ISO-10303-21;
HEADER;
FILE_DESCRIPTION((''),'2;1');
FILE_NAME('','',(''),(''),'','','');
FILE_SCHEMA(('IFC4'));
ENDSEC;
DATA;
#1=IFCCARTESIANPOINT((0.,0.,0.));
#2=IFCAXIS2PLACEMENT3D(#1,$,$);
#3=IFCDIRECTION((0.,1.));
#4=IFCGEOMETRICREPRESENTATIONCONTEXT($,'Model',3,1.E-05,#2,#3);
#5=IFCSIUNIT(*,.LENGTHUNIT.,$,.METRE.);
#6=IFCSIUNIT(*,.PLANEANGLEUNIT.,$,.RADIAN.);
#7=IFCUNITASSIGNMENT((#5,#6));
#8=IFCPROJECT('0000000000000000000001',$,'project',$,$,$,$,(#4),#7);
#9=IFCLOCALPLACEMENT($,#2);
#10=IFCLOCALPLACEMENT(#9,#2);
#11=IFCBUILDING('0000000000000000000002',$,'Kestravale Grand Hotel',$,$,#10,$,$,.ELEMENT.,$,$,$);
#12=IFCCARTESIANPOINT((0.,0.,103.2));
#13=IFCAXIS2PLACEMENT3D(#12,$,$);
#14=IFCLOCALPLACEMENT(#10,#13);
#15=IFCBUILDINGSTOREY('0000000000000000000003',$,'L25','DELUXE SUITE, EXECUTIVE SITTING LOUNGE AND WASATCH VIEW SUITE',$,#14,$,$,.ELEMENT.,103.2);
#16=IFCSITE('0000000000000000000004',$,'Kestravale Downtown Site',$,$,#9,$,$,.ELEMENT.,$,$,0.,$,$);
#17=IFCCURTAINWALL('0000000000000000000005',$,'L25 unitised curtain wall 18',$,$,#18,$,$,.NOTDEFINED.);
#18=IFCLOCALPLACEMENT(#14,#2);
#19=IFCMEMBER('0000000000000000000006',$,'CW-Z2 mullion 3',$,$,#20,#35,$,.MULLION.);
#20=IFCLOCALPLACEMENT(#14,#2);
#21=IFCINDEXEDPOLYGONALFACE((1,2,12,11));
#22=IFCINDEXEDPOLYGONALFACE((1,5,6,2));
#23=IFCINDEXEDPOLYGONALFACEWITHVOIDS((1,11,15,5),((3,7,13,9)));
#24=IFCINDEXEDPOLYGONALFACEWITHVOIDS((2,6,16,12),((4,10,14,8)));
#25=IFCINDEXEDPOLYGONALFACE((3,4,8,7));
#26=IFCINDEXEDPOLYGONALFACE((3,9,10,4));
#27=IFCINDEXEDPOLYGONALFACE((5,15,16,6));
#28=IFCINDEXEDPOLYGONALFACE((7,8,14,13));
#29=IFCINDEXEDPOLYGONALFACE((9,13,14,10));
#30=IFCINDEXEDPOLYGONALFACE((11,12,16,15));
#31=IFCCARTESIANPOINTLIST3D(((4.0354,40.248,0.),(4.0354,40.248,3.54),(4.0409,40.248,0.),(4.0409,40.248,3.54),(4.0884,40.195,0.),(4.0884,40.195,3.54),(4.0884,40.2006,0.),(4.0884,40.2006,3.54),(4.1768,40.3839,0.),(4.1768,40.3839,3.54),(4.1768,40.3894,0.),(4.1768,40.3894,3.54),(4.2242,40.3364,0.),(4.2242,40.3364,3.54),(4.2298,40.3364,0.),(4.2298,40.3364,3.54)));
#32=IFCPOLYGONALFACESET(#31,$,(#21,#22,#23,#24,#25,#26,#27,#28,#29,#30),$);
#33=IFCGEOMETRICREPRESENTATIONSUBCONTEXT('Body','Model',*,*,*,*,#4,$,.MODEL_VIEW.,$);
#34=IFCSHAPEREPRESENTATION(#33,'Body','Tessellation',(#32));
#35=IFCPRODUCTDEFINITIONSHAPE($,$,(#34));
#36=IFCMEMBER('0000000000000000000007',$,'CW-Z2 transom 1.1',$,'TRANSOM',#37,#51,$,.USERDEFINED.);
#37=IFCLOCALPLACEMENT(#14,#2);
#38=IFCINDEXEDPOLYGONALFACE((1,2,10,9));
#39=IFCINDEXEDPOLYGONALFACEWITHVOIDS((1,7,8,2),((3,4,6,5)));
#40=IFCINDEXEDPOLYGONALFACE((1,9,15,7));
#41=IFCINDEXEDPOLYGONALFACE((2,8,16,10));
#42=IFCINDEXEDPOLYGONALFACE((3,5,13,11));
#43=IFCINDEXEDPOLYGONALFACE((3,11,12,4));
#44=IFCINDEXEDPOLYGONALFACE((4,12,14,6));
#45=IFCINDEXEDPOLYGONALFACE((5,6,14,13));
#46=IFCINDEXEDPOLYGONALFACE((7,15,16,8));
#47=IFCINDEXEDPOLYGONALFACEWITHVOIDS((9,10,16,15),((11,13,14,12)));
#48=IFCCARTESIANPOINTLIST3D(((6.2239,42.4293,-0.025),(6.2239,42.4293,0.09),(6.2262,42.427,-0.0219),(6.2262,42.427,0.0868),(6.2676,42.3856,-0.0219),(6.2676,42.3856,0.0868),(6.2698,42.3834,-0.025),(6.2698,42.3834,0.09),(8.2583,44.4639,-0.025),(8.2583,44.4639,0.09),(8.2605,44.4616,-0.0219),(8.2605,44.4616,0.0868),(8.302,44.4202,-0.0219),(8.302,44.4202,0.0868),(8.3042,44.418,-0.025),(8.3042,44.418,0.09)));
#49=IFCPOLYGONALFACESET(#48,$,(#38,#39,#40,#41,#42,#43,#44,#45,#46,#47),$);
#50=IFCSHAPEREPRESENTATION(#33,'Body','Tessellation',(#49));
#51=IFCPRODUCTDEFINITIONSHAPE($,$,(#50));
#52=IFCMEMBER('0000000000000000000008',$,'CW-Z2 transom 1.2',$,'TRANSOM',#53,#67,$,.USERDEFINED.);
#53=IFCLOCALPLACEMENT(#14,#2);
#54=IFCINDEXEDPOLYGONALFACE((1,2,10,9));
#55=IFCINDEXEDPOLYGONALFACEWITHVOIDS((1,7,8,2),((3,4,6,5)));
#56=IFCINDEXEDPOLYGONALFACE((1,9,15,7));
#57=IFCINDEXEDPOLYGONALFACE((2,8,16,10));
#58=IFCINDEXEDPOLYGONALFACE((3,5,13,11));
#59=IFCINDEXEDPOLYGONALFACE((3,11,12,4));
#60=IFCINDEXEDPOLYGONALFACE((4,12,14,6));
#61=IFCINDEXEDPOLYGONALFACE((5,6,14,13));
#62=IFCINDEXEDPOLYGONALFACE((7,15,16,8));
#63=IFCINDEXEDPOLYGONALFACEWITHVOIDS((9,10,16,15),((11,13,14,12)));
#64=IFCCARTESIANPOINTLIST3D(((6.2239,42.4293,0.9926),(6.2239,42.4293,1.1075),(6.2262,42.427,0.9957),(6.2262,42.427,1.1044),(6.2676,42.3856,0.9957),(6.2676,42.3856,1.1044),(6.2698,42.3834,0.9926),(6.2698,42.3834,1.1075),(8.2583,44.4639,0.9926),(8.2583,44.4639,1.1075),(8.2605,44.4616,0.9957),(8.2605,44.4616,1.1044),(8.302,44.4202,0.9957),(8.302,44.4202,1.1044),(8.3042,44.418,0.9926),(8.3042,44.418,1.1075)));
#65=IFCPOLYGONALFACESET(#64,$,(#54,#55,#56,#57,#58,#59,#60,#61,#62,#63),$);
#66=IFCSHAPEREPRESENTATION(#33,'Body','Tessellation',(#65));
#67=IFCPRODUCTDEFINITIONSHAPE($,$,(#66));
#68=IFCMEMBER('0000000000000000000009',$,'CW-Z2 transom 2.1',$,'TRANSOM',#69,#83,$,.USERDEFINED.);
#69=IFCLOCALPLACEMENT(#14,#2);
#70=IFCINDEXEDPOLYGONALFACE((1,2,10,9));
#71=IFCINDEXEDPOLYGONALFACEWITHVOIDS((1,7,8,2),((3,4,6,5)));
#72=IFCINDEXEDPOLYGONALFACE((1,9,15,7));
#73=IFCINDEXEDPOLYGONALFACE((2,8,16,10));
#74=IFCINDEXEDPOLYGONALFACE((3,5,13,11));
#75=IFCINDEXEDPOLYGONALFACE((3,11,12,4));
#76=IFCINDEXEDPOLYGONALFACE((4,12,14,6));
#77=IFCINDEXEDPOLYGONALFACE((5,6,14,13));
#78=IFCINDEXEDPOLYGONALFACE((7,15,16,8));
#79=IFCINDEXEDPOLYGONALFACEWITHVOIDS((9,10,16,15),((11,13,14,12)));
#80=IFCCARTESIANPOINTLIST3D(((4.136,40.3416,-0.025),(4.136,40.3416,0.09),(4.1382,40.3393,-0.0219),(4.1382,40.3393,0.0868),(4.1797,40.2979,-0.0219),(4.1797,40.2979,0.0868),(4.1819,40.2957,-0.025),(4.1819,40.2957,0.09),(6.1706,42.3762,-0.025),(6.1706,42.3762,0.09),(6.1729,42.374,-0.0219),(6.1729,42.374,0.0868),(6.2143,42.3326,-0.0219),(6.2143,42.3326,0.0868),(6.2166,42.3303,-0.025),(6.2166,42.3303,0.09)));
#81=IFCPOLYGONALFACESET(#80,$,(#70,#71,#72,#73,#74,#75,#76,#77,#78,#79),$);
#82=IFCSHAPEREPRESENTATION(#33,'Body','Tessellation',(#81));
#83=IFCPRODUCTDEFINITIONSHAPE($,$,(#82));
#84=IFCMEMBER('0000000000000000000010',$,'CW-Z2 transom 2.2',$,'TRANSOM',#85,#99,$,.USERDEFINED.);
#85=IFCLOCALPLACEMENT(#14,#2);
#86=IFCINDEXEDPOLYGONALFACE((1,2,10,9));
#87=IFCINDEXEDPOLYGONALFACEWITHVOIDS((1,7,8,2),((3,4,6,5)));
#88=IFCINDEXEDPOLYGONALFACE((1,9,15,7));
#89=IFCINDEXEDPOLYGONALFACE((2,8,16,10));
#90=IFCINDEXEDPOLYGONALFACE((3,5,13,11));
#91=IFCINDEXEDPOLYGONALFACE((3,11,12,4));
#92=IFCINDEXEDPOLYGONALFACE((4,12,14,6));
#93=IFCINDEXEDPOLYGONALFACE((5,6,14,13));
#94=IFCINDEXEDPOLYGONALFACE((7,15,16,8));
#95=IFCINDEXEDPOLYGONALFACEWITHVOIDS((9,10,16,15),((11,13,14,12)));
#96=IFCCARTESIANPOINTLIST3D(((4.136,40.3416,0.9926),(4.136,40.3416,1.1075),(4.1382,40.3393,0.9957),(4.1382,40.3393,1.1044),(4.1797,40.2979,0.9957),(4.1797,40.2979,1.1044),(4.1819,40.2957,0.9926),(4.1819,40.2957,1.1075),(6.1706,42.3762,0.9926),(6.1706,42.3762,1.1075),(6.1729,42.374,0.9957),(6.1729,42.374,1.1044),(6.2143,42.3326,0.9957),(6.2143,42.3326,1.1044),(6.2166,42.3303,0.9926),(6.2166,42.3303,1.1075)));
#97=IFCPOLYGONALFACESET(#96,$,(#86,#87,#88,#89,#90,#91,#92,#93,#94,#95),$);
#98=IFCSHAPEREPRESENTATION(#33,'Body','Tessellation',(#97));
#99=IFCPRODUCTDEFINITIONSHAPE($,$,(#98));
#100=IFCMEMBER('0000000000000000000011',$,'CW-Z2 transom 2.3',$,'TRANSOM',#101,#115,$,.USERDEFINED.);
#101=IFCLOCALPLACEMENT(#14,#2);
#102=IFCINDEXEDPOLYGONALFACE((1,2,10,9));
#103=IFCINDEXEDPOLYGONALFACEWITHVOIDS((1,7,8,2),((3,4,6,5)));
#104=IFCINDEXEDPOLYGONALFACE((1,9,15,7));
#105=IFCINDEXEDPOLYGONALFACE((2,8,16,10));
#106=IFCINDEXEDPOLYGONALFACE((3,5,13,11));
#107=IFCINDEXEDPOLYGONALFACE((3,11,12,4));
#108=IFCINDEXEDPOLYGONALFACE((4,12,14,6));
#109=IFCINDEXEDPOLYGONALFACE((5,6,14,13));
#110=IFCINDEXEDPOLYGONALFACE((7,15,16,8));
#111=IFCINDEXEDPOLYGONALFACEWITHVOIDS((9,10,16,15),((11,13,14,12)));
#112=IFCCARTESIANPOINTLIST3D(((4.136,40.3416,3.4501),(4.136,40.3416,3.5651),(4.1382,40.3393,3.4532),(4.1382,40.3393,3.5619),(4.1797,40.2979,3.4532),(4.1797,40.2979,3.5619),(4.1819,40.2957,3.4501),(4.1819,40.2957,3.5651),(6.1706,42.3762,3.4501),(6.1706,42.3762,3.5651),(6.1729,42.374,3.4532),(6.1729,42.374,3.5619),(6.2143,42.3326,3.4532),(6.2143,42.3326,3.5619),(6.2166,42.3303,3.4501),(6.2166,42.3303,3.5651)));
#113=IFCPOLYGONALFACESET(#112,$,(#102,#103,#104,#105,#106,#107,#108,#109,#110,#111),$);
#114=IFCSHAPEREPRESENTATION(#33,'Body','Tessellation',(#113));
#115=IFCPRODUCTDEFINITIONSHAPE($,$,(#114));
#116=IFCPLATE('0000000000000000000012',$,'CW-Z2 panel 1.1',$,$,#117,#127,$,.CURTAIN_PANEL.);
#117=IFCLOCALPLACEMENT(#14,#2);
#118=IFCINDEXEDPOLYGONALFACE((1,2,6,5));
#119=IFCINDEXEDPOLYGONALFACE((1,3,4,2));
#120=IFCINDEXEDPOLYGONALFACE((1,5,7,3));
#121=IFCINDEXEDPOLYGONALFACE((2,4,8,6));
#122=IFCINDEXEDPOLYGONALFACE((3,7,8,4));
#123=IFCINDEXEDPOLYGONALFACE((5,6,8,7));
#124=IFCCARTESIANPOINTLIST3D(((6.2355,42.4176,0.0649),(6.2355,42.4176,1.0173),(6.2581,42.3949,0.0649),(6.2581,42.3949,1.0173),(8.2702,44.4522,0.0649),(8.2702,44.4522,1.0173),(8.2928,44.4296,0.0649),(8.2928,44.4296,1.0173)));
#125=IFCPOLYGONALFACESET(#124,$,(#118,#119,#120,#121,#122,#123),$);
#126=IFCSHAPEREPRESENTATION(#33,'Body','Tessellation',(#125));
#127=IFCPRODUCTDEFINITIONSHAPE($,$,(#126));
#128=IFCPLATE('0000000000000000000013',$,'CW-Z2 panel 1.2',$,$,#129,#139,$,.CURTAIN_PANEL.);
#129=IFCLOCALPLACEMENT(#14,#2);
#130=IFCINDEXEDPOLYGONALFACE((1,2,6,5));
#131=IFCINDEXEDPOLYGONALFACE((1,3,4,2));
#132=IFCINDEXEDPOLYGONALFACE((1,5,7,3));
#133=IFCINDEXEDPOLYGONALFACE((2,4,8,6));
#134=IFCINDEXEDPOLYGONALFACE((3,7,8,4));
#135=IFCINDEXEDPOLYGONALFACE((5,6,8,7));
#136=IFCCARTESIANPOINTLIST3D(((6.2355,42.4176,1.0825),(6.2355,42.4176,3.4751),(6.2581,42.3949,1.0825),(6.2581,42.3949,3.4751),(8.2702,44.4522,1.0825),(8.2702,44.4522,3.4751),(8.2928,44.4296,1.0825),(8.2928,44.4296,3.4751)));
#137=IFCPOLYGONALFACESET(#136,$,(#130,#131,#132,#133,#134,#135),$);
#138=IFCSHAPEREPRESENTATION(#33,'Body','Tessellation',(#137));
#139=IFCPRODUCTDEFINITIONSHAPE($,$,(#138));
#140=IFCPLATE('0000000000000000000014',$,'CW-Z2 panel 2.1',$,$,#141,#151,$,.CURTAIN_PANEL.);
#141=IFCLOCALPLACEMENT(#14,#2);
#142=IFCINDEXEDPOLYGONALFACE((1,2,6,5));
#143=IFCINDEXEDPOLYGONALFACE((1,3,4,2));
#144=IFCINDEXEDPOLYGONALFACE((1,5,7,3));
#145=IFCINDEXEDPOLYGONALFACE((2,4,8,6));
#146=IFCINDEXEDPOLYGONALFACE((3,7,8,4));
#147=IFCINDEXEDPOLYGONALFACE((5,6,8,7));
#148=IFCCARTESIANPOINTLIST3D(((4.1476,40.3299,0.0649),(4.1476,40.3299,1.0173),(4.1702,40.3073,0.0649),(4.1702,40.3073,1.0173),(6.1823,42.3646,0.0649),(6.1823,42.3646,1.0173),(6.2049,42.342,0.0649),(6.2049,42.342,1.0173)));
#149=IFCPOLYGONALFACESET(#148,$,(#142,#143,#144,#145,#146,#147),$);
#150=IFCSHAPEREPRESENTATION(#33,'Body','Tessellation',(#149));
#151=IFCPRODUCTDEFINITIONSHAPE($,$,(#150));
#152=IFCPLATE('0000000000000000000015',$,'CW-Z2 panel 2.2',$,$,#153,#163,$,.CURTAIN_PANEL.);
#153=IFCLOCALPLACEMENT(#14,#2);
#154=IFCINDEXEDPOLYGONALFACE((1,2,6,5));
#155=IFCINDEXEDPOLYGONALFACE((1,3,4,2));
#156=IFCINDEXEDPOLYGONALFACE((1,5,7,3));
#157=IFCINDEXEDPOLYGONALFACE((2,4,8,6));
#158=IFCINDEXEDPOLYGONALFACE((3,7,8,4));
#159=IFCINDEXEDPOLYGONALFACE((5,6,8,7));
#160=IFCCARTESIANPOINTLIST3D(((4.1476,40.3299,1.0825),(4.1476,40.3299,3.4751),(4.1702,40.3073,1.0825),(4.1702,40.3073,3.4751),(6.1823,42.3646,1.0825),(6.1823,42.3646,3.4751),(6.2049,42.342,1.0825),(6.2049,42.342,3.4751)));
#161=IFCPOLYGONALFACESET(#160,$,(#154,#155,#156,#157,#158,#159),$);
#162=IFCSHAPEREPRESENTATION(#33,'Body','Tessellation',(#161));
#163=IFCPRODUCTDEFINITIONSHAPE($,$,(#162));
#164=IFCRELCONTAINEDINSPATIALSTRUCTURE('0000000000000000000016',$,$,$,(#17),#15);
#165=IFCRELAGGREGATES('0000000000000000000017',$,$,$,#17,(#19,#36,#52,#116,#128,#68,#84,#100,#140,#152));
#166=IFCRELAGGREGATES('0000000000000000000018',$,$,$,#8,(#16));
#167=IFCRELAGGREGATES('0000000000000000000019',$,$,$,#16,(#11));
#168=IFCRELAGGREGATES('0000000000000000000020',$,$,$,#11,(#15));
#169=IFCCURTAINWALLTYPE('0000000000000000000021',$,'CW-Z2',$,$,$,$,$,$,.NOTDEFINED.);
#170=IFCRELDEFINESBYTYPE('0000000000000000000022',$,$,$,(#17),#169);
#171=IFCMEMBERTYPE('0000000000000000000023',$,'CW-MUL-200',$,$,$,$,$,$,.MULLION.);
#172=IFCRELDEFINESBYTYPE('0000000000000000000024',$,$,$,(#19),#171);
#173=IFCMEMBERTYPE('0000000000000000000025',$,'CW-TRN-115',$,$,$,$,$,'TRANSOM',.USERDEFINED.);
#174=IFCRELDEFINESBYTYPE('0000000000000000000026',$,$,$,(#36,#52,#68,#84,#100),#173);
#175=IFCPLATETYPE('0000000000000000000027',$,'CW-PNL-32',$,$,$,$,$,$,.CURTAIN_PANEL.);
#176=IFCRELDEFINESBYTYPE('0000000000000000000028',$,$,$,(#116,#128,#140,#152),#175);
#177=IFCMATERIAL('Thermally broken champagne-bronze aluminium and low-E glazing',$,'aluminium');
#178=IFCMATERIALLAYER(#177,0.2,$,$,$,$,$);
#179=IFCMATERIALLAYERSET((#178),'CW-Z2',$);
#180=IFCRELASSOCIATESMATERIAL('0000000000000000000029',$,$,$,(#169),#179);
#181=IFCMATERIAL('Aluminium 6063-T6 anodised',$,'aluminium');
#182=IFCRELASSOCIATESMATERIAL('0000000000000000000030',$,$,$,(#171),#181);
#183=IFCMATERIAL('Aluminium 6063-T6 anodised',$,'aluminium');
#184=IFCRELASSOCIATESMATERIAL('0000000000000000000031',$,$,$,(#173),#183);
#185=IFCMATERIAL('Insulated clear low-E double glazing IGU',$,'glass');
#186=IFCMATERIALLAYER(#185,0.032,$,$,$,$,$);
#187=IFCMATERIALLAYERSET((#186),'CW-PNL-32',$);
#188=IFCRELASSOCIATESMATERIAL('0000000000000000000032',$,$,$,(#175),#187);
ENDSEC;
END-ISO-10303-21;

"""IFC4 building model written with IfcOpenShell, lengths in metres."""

from ifc_helpers import new_model, si_unit, direction, frame, origin, origin_2d, place, context, subcontext, project, spatial, rectangle, hollow_rectangle, extrude, material, layer, layer_set, material_profile, profile_set, type_object, element, aggregate, save


model = new_model("IFC4")

# Units and contexts
model_context = context("Model", 3, precision=1e-05, world=origin(), true_north=direction((0.0, 1.0)))
body_context = subcontext(model_context, "Body", "Model", "MODEL_VIEW")
ifc_project = project(units=[si_unit("LENGTHUNIT", "METRE"), si_unit("PLANEANGLEUNIT", "RADIAN")], contexts=[model_context])

# Site, building, storey
site_placement = place(None, origin())
site = spatial("IfcSite", under=ifc_project, at=site_placement, Name="Kestravale Downtown Site", CompositionType="ELEMENT", RefElevation=0.0)
building_placement = place(site_placement, origin())
building = spatial("IfcBuilding", under=site, at=building_placement, Name="Kestravale Grand Hotel", CompositionType="ELEMENT")
storey_placement = place(building_placement, frame((0.0, 0.0, 103.2)))
storey = spatial("IfcBuildingStorey", under=building, at=storey_placement, Name="L25", Description="DELUXE SUITE, EXECUTIVE SITTING LOUNGE AND WASATCH VIEW SUITE", CompositionType="ELEMENT", Elevation=103.2)

# Curtain wall, members, plates
ifc_material_1 = material(Name="Thermally broken champagne-bronze aluminium and low-E glazing", Category="aluminium")
ifc_layer_1 = layer(ifc_material_1, 0.2)
ifc_layer_set_1 = layer_set([ifc_layer_1], Name="CW-Z2")
curtain_wall_type = type_object("IfcCurtainWallType", Name="CW-Z2", PredefinedType="NOTDEFINED", material=ifc_layer_set_1)
curtain_wall_placement = place(storey_placement, origin())
curtain_wall = element("IfcCurtainWall", 1, at=curtain_wall_placement, inside=storey, type_object=curtain_wall_type, Name="L25 unitised curtain wall 18", PredefinedType="NOTDEFINED")
ifc_material_2 = material(Name="Aluminium 6063-T6 anodised", Category="aluminium")
ifc_material_profile_1 = material_profile(ifc_material_2, hollow_rectangle(XDim=0.075, YDim=0.2, WallThickness=0.0039, at=origin_2d()))
ifc_profile_set_1 = profile_set([ifc_material_profile_1], Name="Aluminium 6063-T6 anodised")
member_type_1 = type_object("IfcMemberType", Name="CW-MUL-200", PredefinedType="MULLION", material=ifc_profile_set_1)
member_1_placement = place(storey_placement, frame((4.1326, 40.2922, 0.0), z_axis=(0.0, 0.0, 1.0), x_axis=(0.707107, -0.707107, 0.0)))
member_1 = element("IfcMember", 2, at=member_1_placement, type_object=member_type_1, Name="CW-Z2 mullion 3", PredefinedType="MULLION", context=body_context, shape_type="SweptSolid", body=[
    extrude(hollow_rectangle(XDim=0.075, YDim=0.2, WallThickness=0.0039, at=origin_2d()), origin(), (0.0, 0.0, 1.0), 3.54),
])
ifc_material_3 = material(Name="Aluminium 6063-T6 anodised", Category="aluminium")
ifc_material_profile_2 = material_profile(ifc_material_3, hollow_rectangle(XDim=0.0649, YDim=0.115, WallThickness=0.0032, at=origin_2d()))
ifc_profile_set_2 = profile_set([ifc_material_profile_2], Name="Aluminium 6063-T6 anodised")
member_type_2 = type_object("IfcMemberType", Name="CW-TRN-115", ElementType="TRANSOM", PredefinedType="USERDEFINED", material=ifc_profile_set_2)
member_2_placement = place(storey_placement, frame((8.2812, 44.4409, 0.0325), z_axis=(-0.707064, -0.707149, 0.0), x_axis=(0.707149, -0.707064, 0.0)))
member_2 = element("IfcMember", 3, at=member_2_placement, type_object=member_type_2, Name="CW-Z2 transom 1.1", ObjectType="TRANSOM", PredefinedType="USERDEFINED", context=body_context, shape_type="SweptSolid", body=[
    extrude(hollow_rectangle(XDim=0.0649, YDim=0.115, WallThickness=0.0032, at=origin_2d()), origin(), (0.0, 0.0, 1.0), 2.8772),
])
member_3_placement = place(storey_placement, frame((8.2812, 44.4409, 1.05), z_axis=(-0.707064, -0.707149, 0.0), x_axis=(0.707149, -0.707064, 0.0)))
member_3 = element("IfcMember", 4, at=member_3_placement, type_object=member_type_2, Name="CW-Z2 transom 1.2", ObjectType="TRANSOM", PredefinedType="USERDEFINED", context=body_context, shape_type="SweptSolid", body=[
    extrude(hollow_rectangle(XDim=0.0649, YDim=0.115, WallThickness=0.0032, at=origin_2d()), origin(), (0.0, 0.0, 1.0), 2.8772),
])
member_4_placement = place(storey_placement, frame((6.1936, 42.3533, 0.0325), z_axis=(-0.707107, -0.707107, 0.0), x_axis=(0.707107, -0.707107, 0.0)))
member_4 = element("IfcMember", 5, at=member_4_placement, type_object=member_type_2, Name="CW-Z2 transom 2.1", ObjectType="TRANSOM", PredefinedType="USERDEFINED", context=body_context, shape_type="SweptSolid", body=[
    extrude(hollow_rectangle(XDim=0.0649, YDim=0.115, WallThickness=0.0032, at=origin_2d()), origin(), (0.0, 0.0, 1.0), 2.8774),
])
member_5_placement = place(storey_placement, frame((6.1936, 42.3533, 1.05), z_axis=(-0.707107, -0.707107, 0.0), x_axis=(0.707107, -0.707107, 0.0)))
member_5 = element("IfcMember", 6, at=member_5_placement, type_object=member_type_2, Name="CW-Z2 transom 2.2", ObjectType="TRANSOM", PredefinedType="USERDEFINED", context=body_context, shape_type="SweptSolid", body=[
    extrude(hollow_rectangle(XDim=0.0649, YDim=0.115, WallThickness=0.0032, at=origin_2d()), origin(), (0.0, 0.0, 1.0), 2.8774),
])
member_6_placement = place(storey_placement, frame((6.1936, 42.3533, 3.5076), z_axis=(-0.707107, -0.707107, 0.0), x_axis=(0.707107, -0.707107, 0.0)))
member_6 = element("IfcMember", 7, at=member_6_placement, type_object=member_type_2, Name="CW-Z2 transom 2.3", ObjectType="TRANSOM", PredefinedType="USERDEFINED", context=body_context, shape_type="SweptSolid", body=[
    extrude(hollow_rectangle(XDim=0.0649, YDim=0.115, WallThickness=0.0032, at=origin_2d()), origin(), (0.0, 0.0, 1.0), 2.8774),
])
ifc_material_4 = material(Name="Insulated clear low-E double glazing IGU", Category="glass")
ifc_layer_2 = layer(ifc_material_4, 0.032)
ifc_layer_set_2 = layer_set([ifc_layer_2], Name="CW-PNL-32")
plate_type = type_object("IfcPlateType", Name="CW-PNL-32", PredefinedType="CURTAIN_PANEL", material=ifc_layer_set_2)
plate_1_placement = place(storey_placement, frame((7.2642, 43.4236, 0.0649), z_axis=(0.0, 0.0, 1.0), x_axis=(-0.707107, -0.707107, 0.0)))
plate_1 = element("IfcPlate", 8, at=plate_1_placement, type_object=plate_type, Name="CW-Z2 panel 1.1", PredefinedType="CURTAIN_PANEL", context=body_context, shape_type="SweptSolid", body=[
    extrude(rectangle(XDim=2.8774, YDim=0.032, at=origin_2d()), origin(), (0.0, 0.0, 1.0), 0.9524),
])
plate_2_placement = place(storey_placement, frame((7.2642, 43.4236, 1.0825), z_axis=(0.0, 0.0, 1.0), x_axis=(-0.707107, -0.707107, 0.0)))
plate_2 = element("IfcPlate", 9, at=plate_2_placement, type_object=plate_type, Name="CW-Z2 panel 1.2", PredefinedType="CURTAIN_PANEL", context=body_context, shape_type="SweptSolid", body=[
    extrude(rectangle(XDim=2.8774, YDim=0.032, at=origin_2d()), origin(), (0.0, 0.0, 1.0), 2.3926),
])
plate_3_placement = place(storey_placement, frame((5.1763, 41.3359, 0.0649), z_axis=(0.0, 0.0, 1.0), x_axis=(-0.707107, -0.707107, 0.0)))
plate_3 = element("IfcPlate", 10, at=plate_3_placement, type_object=plate_type, Name="CW-Z2 panel 2.1", PredefinedType="CURTAIN_PANEL", context=body_context, shape_type="SweptSolid", body=[
    extrude(rectangle(XDim=2.8774, YDim=0.032, at=origin_2d()), origin(), (0.0, 0.0, 1.0), 0.9524),
])
plate_4_placement = place(storey_placement, frame((5.1763, 41.3359, 1.0825), z_axis=(0.0, 0.0, 1.0), x_axis=(-0.707107, -0.707107, 0.0)))
plate_4 = element("IfcPlate", 11, at=plate_4_placement, type_object=plate_type, Name="CW-Z2 panel 2.2", PredefinedType="CURTAIN_PANEL", context=body_context, shape_type="SweptSolid", body=[
    extrude(rectangle(XDim=2.8774, YDim=0.032, at=origin_2d()), origin(), (0.0, 0.0, 1.0), 2.3926),
])
aggregate(curtain_wall, [member_1, member_2, member_3, plate_1, plate_2, member_4, member_5, member_6, plate_3, plate_4])

save(model, "model.ifc")
